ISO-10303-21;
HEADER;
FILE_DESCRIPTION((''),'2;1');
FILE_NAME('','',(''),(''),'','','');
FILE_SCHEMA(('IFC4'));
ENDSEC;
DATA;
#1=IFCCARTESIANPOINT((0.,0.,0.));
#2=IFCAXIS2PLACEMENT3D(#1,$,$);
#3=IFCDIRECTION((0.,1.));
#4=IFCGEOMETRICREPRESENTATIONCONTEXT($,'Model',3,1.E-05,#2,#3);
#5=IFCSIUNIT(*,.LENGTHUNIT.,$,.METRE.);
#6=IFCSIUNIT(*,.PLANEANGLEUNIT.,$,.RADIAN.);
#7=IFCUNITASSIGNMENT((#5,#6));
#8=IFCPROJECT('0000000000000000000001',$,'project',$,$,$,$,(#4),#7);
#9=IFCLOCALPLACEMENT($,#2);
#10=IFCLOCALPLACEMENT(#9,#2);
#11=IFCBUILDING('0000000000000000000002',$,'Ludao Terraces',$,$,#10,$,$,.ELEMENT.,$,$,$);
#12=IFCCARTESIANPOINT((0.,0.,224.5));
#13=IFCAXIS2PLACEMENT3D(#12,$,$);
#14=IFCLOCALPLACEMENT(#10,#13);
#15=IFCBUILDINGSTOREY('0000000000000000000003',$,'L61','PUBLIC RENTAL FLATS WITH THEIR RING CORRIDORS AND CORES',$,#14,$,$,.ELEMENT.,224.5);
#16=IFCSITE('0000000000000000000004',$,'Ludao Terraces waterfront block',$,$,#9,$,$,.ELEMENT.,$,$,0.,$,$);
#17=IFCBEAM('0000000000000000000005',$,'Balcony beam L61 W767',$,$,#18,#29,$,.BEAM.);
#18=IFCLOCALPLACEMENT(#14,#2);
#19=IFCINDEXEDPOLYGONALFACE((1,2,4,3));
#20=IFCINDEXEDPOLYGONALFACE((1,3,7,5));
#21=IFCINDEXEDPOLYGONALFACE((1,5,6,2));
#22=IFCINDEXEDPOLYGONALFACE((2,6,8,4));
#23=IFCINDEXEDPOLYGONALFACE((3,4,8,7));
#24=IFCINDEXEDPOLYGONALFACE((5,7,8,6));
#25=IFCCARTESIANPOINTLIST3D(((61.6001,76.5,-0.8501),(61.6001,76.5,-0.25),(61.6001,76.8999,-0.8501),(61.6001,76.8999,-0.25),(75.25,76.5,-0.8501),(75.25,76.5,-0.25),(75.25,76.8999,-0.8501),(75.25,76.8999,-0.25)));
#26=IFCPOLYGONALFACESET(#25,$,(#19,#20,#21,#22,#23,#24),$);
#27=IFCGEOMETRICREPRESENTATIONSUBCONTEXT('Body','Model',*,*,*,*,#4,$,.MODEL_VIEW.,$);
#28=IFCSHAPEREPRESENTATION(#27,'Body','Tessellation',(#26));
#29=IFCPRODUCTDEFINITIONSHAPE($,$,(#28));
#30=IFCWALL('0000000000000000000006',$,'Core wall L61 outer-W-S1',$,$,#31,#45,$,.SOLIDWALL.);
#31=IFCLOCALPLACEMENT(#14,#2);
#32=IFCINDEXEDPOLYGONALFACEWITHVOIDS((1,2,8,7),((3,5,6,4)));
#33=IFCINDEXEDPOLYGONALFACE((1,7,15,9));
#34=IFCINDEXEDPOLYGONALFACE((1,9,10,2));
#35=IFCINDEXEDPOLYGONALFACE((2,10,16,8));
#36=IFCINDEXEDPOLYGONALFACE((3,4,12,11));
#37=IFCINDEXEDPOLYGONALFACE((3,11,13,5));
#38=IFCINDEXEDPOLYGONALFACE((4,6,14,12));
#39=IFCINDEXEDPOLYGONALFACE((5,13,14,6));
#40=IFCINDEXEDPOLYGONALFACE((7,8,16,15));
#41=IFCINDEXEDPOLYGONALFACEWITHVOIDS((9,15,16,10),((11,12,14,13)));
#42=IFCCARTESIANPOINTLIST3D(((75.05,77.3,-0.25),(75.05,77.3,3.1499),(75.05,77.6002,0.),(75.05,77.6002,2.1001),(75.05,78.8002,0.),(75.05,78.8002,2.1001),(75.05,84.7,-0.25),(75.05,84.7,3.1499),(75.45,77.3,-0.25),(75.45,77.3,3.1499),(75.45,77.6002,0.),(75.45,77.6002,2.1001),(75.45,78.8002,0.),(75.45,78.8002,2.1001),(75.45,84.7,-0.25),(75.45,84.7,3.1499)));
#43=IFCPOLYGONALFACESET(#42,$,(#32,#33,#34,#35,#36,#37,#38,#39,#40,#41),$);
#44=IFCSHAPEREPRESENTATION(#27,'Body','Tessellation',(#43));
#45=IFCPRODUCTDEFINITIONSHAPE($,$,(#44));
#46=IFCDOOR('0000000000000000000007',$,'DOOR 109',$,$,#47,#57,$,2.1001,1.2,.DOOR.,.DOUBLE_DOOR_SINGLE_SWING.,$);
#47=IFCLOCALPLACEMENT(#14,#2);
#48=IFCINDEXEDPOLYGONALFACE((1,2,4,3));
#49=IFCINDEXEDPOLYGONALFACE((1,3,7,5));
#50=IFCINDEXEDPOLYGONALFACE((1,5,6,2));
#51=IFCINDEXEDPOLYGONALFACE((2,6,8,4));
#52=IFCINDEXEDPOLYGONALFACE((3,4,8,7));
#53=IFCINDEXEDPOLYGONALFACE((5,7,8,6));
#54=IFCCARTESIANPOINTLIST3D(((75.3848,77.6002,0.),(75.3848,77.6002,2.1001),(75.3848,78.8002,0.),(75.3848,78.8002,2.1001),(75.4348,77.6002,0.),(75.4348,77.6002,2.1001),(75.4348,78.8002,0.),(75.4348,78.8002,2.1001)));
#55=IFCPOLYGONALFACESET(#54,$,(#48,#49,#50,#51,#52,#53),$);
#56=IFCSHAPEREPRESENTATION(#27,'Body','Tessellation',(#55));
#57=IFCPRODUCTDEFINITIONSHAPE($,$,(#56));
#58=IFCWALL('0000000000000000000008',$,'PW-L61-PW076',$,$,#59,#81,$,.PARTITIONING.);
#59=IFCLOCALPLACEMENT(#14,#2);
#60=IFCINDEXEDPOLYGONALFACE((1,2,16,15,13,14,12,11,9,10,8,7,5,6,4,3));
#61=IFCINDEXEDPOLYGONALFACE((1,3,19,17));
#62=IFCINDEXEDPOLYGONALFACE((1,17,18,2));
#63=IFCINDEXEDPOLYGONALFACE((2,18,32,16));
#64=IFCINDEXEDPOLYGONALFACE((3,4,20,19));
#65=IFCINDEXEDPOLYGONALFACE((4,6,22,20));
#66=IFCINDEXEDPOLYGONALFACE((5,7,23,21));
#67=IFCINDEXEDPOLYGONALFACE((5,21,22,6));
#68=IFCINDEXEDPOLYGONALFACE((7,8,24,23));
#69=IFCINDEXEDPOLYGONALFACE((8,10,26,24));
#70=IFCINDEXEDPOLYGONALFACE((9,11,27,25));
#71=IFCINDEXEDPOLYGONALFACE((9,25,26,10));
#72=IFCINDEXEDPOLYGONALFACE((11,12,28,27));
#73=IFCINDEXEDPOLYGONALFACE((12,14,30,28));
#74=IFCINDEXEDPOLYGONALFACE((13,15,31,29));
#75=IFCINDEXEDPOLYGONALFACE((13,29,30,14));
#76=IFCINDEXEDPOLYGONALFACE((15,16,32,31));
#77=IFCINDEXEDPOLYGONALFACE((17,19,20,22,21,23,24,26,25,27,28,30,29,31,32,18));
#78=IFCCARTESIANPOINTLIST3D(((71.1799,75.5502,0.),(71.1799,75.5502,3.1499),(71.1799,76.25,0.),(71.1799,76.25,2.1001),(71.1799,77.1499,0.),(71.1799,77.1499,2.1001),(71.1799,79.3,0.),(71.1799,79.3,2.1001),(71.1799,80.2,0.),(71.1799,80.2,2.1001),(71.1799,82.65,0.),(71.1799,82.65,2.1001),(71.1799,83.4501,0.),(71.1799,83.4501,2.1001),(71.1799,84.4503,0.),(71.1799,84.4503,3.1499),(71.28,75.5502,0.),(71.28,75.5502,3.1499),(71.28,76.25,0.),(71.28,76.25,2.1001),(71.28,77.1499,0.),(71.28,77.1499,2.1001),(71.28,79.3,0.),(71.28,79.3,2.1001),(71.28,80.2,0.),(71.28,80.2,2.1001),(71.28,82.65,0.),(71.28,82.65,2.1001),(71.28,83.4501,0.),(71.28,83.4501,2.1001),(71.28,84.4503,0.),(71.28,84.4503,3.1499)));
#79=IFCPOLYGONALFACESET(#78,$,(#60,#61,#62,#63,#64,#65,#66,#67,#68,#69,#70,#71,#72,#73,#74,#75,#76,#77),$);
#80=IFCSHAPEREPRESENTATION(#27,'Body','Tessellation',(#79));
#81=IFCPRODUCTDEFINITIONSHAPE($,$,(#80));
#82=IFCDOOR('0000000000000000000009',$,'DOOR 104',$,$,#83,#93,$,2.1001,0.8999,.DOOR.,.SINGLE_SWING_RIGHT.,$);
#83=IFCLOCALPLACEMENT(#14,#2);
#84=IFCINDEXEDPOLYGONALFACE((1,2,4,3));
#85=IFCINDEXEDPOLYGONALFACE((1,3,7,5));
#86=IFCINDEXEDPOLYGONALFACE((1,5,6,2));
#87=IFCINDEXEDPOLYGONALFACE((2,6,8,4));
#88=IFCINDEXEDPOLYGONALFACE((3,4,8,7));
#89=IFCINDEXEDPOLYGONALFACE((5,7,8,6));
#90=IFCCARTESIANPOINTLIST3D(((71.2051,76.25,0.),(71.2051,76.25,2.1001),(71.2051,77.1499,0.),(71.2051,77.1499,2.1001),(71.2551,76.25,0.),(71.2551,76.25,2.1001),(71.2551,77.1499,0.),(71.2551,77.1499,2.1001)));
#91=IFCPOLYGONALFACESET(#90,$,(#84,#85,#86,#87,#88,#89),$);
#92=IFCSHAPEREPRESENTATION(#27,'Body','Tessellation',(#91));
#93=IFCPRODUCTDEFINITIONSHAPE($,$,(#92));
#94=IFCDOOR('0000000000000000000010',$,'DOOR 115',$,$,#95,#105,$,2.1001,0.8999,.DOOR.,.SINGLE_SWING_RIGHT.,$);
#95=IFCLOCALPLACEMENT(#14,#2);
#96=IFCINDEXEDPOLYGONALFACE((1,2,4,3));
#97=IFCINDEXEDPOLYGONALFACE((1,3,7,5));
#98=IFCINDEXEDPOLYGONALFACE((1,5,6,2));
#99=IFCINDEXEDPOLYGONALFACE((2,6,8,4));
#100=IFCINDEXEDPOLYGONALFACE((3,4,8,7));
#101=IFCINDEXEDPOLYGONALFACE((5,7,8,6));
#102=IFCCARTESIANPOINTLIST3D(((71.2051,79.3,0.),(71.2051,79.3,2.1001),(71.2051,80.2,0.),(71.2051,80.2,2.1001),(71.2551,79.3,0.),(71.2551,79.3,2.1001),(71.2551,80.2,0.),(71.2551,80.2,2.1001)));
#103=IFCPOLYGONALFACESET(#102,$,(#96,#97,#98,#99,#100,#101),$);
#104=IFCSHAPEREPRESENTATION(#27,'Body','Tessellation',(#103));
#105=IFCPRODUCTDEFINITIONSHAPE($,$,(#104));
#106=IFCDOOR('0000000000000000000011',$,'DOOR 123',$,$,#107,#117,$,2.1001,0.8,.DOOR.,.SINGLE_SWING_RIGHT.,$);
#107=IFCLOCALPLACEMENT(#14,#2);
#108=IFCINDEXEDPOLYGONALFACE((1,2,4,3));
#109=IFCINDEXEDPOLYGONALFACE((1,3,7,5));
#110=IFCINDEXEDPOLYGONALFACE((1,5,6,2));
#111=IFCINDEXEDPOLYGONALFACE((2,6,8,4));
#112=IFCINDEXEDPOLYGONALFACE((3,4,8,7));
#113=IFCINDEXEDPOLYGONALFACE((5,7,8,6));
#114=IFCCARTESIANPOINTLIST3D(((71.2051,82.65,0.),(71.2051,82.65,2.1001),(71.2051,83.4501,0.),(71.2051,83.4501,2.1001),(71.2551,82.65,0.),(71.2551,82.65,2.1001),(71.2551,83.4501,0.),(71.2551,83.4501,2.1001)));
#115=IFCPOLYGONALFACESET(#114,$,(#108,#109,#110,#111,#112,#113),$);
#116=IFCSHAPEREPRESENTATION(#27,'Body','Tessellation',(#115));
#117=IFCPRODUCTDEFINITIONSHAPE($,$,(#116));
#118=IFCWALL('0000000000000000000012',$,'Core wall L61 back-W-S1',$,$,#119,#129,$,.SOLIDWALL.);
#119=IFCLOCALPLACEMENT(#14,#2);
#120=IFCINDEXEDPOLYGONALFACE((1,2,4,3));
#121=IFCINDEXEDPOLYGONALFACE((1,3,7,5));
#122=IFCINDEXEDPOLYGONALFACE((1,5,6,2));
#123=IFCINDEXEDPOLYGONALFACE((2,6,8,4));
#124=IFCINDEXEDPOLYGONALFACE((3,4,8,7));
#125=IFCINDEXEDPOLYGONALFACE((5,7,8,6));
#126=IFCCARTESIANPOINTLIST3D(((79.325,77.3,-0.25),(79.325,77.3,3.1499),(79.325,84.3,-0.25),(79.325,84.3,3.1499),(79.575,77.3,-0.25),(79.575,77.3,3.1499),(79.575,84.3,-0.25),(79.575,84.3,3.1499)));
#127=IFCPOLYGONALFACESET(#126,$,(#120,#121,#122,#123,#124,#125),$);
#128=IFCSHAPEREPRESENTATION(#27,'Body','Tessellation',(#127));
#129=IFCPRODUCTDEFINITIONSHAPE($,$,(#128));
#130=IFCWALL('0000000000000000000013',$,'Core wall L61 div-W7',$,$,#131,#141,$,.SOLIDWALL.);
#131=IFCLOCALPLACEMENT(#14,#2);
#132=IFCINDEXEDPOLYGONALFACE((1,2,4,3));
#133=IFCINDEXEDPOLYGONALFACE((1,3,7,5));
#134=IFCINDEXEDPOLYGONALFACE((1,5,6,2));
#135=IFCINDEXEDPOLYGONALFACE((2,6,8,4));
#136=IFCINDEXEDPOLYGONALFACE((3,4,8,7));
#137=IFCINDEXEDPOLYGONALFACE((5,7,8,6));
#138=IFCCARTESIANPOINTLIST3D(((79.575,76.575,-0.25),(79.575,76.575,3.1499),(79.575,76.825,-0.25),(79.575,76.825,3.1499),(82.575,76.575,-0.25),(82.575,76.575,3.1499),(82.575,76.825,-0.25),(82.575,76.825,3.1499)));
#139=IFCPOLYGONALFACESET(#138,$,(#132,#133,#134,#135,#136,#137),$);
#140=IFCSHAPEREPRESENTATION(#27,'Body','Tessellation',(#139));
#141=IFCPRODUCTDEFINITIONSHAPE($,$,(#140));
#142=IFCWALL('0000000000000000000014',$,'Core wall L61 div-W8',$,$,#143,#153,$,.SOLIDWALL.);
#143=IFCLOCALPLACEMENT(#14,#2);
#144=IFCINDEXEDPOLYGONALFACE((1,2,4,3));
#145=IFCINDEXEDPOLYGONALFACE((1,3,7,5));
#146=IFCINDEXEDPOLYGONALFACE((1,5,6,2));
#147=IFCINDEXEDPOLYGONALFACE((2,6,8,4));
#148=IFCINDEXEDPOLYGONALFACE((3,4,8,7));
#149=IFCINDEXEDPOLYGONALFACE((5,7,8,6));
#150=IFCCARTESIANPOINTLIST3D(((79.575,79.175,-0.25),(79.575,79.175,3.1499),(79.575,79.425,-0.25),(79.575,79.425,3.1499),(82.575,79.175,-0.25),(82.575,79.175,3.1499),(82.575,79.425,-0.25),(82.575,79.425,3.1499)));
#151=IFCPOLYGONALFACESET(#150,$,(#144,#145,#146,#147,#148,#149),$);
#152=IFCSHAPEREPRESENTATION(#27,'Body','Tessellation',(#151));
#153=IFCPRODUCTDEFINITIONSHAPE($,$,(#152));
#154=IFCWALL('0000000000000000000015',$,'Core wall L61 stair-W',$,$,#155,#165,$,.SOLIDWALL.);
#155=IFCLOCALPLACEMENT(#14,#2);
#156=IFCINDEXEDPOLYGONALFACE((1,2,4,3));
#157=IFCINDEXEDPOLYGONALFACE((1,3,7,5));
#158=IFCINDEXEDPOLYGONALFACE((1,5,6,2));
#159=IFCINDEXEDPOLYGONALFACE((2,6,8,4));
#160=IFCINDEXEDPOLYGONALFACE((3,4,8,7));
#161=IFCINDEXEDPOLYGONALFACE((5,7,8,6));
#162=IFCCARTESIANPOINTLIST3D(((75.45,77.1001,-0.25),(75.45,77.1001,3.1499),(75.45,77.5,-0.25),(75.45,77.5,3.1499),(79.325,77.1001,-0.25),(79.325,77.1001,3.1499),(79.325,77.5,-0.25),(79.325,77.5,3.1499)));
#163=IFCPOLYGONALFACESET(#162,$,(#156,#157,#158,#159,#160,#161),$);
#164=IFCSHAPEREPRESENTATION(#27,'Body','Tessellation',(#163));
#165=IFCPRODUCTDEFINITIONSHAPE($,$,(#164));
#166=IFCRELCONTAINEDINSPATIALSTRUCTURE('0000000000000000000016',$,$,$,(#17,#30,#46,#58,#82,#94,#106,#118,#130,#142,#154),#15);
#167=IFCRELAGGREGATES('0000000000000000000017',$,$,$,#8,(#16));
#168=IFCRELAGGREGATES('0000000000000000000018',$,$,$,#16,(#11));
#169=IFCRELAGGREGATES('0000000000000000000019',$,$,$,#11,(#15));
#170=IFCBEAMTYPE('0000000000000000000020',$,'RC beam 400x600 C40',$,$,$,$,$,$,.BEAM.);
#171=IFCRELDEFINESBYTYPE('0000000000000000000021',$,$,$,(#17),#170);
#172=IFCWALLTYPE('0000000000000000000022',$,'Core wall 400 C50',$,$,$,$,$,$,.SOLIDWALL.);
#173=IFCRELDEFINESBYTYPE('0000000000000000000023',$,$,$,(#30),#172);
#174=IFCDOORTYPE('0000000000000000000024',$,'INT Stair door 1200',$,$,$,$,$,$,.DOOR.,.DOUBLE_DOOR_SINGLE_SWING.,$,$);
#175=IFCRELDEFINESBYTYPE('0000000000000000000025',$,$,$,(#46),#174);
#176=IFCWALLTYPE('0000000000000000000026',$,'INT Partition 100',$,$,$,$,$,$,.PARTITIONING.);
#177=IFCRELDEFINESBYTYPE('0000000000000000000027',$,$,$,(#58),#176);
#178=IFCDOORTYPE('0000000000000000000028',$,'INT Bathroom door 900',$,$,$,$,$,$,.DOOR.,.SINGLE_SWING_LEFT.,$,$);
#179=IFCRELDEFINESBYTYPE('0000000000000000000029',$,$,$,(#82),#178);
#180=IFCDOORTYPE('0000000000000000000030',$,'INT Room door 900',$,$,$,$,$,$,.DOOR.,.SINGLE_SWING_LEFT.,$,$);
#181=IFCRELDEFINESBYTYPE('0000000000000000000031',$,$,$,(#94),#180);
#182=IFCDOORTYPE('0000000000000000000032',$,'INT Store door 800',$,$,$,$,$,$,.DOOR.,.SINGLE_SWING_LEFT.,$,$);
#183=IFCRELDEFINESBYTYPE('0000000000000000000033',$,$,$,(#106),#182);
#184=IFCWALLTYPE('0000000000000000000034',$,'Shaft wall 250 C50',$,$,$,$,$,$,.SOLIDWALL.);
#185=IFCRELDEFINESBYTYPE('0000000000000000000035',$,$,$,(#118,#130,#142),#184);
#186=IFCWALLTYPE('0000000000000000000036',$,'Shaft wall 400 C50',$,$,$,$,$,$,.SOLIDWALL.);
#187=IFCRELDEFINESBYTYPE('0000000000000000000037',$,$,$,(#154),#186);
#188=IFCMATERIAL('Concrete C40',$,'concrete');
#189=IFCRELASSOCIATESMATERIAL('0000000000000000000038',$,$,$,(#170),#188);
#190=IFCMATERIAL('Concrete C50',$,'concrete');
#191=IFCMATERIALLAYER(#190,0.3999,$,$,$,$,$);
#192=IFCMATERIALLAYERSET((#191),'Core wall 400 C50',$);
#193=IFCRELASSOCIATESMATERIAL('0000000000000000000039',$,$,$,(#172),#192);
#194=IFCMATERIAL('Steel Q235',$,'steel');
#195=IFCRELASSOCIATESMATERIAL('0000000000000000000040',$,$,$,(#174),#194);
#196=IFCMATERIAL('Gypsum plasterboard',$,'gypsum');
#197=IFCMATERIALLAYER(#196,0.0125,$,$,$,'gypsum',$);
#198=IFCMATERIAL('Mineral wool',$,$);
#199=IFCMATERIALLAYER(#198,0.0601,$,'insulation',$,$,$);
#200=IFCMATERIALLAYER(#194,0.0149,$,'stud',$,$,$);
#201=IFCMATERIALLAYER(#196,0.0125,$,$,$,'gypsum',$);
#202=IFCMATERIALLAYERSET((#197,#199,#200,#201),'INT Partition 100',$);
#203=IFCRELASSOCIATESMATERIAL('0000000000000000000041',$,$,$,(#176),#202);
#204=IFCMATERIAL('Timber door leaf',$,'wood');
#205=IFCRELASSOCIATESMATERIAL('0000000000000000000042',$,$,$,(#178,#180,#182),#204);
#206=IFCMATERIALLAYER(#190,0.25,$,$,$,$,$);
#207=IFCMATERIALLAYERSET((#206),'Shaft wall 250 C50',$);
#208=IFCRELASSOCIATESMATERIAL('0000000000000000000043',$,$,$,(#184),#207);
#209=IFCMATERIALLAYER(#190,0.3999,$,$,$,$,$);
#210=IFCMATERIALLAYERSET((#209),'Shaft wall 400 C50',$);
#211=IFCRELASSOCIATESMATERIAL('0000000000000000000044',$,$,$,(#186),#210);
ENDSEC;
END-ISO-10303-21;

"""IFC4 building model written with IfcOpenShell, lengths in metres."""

from ifc_helpers import new_model, si_unit, direction, frame, frame_2d, origin, origin_2d, place, context, subcontext, project, spatial, rectangle, extrude, material, layer, layer_set, material_profile, profile_set, type_object, element, fill, save


model = new_model("IFC4")

# Units and contexts
model_context = context("Model", 3, precision=1e-05, world=origin(), true_north=direction((0.0, 1.0)))
body_context = subcontext(model_context, "Body", "Model", "MODEL_VIEW")
ifc_project = project(units=[si_unit("LENGTHUNIT", "METRE"), si_unit("PLANEANGLEUNIT", "RADIAN")], contexts=[model_context])

# Site, building, storey
site_placement = place(None, origin())
site = spatial("IfcSite", under=ifc_project, at=site_placement, Name="Ludao Terraces waterfront block", CompositionType="ELEMENT", RefElevation=0.0)
building_placement = place(site_placement, origin())
building = spatial("IfcBuilding", under=site, at=building_placement, Name="Ludao Terraces", CompositionType="ELEMENT")
storey_placement = place(building_placement, frame((0.0, 0.0, 224.5)))
storey = spatial("IfcBuildingStorey", under=building, at=storey_placement, Name="L61", Description="PUBLIC RENTAL FLATS WITH THEIR RING CORRIDORS AND CORES", CompositionType="ELEMENT", Elevation=224.5)

# Beam
ifc_material_1 = material(Name="Concrete C40", Category="concrete")
ifc_material_profile = material_profile(ifc_material_1, rectangle(XDim=0.3999, YDim=0.6001, at=origin_2d()), Name="400 X 600")
ifc_profile_set = profile_set([ifc_material_profile], Name="Concrete C40")
beam_type = type_object("IfcBeamType", Name="RC beam 400x600 C40", PredefinedType="BEAM", material=ifc_profile_set)
beam_placement = place(storey_placement, frame((75.25, 76.7, -0.55), z_axis=(-1.0, 0.0, 0.0), x_axis=(0.0, -1.0, 0.0)))
element("IfcBeam", 1, at=beam_placement, inside=storey, type_object=beam_type, Name="Balcony beam L61 W767", PredefinedType="BEAM", context=body_context, shape_type="SweptSolid", body=[
    extrude(rectangle(XDim=0.3999, YDim=0.6001, at=origin_2d()), origin(), (0.0, 0.0, 1.0), 13.6499),
])

# Wall, opening, door
ifc_material_2 = material(Name="Concrete C50", Category="concrete")
ifc_layer_1 = layer(ifc_material_2, 0.3999)
ifc_layer_set_1 = layer_set([ifc_layer_1], Name="Core wall 400 C50")
wall_type_1 = type_object("IfcWallType", Name="Core wall 400 C50", PredefinedType="SOLIDWALL", material=ifc_layer_set_1)
wall_1_placement = place(storey_placement, frame((75.25, 77.3, -0.25), z_axis=(0.0, 0.0, 1.0), x_axis=(0.0, 1.0, 0.0)))
wall_1 = element("IfcWall", 2, at=wall_1_placement, inside=storey, type_object=wall_type_1, Name="Core wall L61 outer-W-S1", PredefinedType="SOLIDWALL", context=body_context, shape_type="SweptSolid", body=[
    extrude(rectangle(XDim=7.3999, YDim=0.3999, at=frame_2d((3.7, 0.0))), origin(), (0.0, 0.0, 1.0), 3.3999),
])
opening_1_placement = place(wall_1_placement, frame((0.3, 0.0, 0.25)))
opening_1 = element("IfcOpeningElement", 3, at=opening_1_placement, cuts=wall_1, PredefinedType="OPENING", context=body_context, shape_type="SweptSolid", body=[
    extrude(rectangle(XDim=1.2, YDim=2.1001, at=frame_2d((0.6001, 1.05))), frame((0.0, 0.21, 0.0), z_axis=(0.0, -1.0, 0.0), x_axis=(1.0, 0.0, 0.0)), (0.0, 0.0, 1.0), 0.4199),
])
ifc_material_3 = material(Name="Steel Q235", Category="steel")
door_type_1 = type_object("IfcDoorType", Name="INT Stair door 1200", OperationType="DOUBLE_DOOR_SINGLE_SWING", PredefinedType="DOOR", material=ifc_material_3)
door_1_placement = place(opening_1_placement, origin())
door_1 = element("IfcDoor", 4, at=door_1_placement, inside=storey, type_object=door_type_1, Name="DOOR 109", OperationType="DOUBLE_DOOR_SINGLE_SWING", OverallHeight=2.1001, OverallWidth=1.2, PredefinedType="DOOR", context=body_context, shape_type="SweptSolid", body=[
    extrude(rectangle(XDim=1.2, YDim=2.1001, at=frame_2d((0.6001, 1.05))), frame((0.0, -0.1348, 0.0), z_axis=(0.0, -1.0, 0.0), x_axis=(1.0, 0.0, 0.0)), (0.0, 0.0, 1.0), 0.05),
])
fill(opening_1, door_1)

# Wall, openings, doors
ifc_material_4 = material(Name="Gypsum plasterboard", Category="gypsum")
ifc_layer_2 = layer(ifc_material_4, 0.0125, Category="gypsum")
ifc_material_5 = material(Name="Mineral wool")
ifc_layer_3 = layer(ifc_material_5, 0.0601, Name="insulation")
ifc_layer_4 = layer(ifc_material_3, 0.0149, Name="stud")
ifc_layer_5 = layer(ifc_material_4, 0.0125, Category="gypsum")
ifc_layer_set_2 = layer_set([ifc_layer_2, ifc_layer_3, ifc_layer_4, ifc_layer_5], Name="INT Partition 100")
wall_type_2 = type_object("IfcWallType", Name="INT Partition 100", PredefinedType="PARTITIONING", material=ifc_layer_set_2)
wall_2_placement = place(storey_placement, frame((71.23, 75.55, 0.0), z_axis=(0.0, 0.0, 1.0), x_axis=(0.0, 1.0, 0.0)))
wall_2 = element("IfcWall", 5, at=wall_2_placement, inside=storey, type_object=wall_type_2, Name="PW-L61-PW076", PredefinedType="PARTITIONING", context=body_context, shape_type="SweptSolid", body=[
    extrude(rectangle(XDim=8.9001, YDim=0.1001, at=frame_2d((4.4502, 0.0))), origin(), (0.0, 0.0, 1.0), 3.1499),
])
opening_2_placement = place(wall_2_placement, frame((0.7, 0.0, 0.0)))
opening_2 = element("IfcOpeningElement", 6, at=opening_2_placement, cuts=wall_2, PredefinedType="OPENING", context=body_context, shape_type="SweptSolid", body=[
    extrude(rectangle(XDim=0.8999, YDim=2.1001, at=frame_2d((0.45, 1.05))), frame((0.0, 0.0601, 0.0), z_axis=(0.0, -1.0, 0.0), x_axis=(1.0, 0.0, 0.0)), (0.0, 0.0, 1.0), 0.1201),
])
opening_3_placement = place(wall_2_placement, frame((3.75, 0.0, 0.0)))
opening_3 = element("IfcOpeningElement", 7, at=opening_3_placement, cuts=wall_2, PredefinedType="OPENING", context=body_context, shape_type="SweptSolid", body=[
    extrude(rectangle(XDim=0.8999, YDim=2.1001, at=frame_2d((0.45, 1.05))), frame((0.0, 0.0601, 0.0), z_axis=(0.0, -1.0, 0.0), x_axis=(1.0, 0.0, 0.0)), (0.0, 0.0, 1.0), 0.1201),
])
opening_4_placement = place(wall_2_placement, frame((7.1001, 0.0, 0.0)))
opening_4 = element("IfcOpeningElement", 8, at=opening_4_placement, cuts=wall_2, PredefinedType="OPENING", context=body_context, shape_type="SweptSolid", body=[
    extrude(rectangle(XDim=0.8, YDim=2.1001, at=frame_2d((0.3999, 1.05))), frame((0.0, 0.0601, 0.0), z_axis=(0.0, -1.0, 0.0), x_axis=(1.0, 0.0, 0.0)), (0.0, 0.0, 1.0), 0.1201),
])
ifc_material_6 = material(Name="Timber door leaf", Category="wood")
door_type_2 = type_object("IfcDoorType", Name="INT Bathroom door 900", OperationType="SINGLE_SWING_LEFT", PredefinedType="DOOR", material=ifc_material_6)
door_2_placement = place(opening_2_placement, origin())
door_2 = element("IfcDoor", 9, at=door_2_placement, inside=storey, type_object=door_type_2, Name="DOOR 104", OperationType="SINGLE_SWING_RIGHT", OverallHeight=2.1001, OverallWidth=0.8999, PredefinedType="DOOR", context=body_context, shape_type="SweptSolid", body=[
    extrude(rectangle(XDim=0.8999, YDim=2.1001, at=frame_2d((0.45, 1.05))), frame((0.0, 0.0249, 0.0), z_axis=(0.0, -1.0, 0.0), x_axis=(1.0, 0.0, 0.0)), (0.0, 0.0, 1.0), 0.05),
])
fill(opening_2, door_2)
door_type_3 = type_object("IfcDoorType", Name="INT Room door 900", OperationType="SINGLE_SWING_LEFT", PredefinedType="DOOR", material=ifc_material_6)
door_3_placement = place(opening_3_placement, origin())
door_3 = element("IfcDoor", 10, at=door_3_placement, inside=storey, type_object=door_type_3, Name="DOOR 115", OperationType="SINGLE_SWING_RIGHT", OverallHeight=2.1001, OverallWidth=0.8999, PredefinedType="DOOR", context=body_context, shape_type="SweptSolid", body=[
    extrude(rectangle(XDim=0.8999, YDim=2.1001, at=frame_2d((0.45, 1.05))), frame((0.0, 0.0249, 0.0), z_axis=(0.0, -1.0, 0.0), x_axis=(1.0, 0.0, 0.0)), (0.0, 0.0, 1.0), 0.05),
])
fill(opening_3, door_3)
door_type_4 = type_object("IfcDoorType", Name="INT Store door 800", OperationType="SINGLE_SWING_LEFT", PredefinedType="DOOR", material=ifc_material_6)
door_4_placement = place(opening_4_placement, origin())
door_4 = element("IfcDoor", 11, at=door_4_placement, inside=storey, type_object=door_type_4, Name="DOOR 123", OperationType="SINGLE_SWING_RIGHT", OverallHeight=2.1001, OverallWidth=0.8, PredefinedType="DOOR", context=body_context, shape_type="SweptSolid", body=[
    extrude(rectangle(XDim=0.8, YDim=2.1001, at=frame_2d((0.3999, 1.05))), frame((0.0, 0.0249, 0.0), z_axis=(0.0, -1.0, 0.0), x_axis=(1.0, 0.0, 0.0)), (0.0, 0.0, 1.0), 0.05),
])
fill(opening_4, door_4)

# Walls
ifc_layer_6 = layer(ifc_material_2, 0.25)
ifc_layer_set_3 = layer_set([ifc_layer_6], Name="Shaft wall 250 C50")
wall_type_3 = type_object("IfcWallType", Name="Shaft wall 250 C50", PredefinedType="SOLIDWALL", material=ifc_layer_set_3)
wall_3_placement = place(storey_placement, frame((79.45, 77.3, -0.25), z_axis=(0.0, 0.0, 1.0), x_axis=(0.0, 1.0, 0.0)))
element("IfcWall", 12, at=wall_3_placement, inside=storey, type_object=wall_type_3, Name="Core wall L61 back-W-S1", PredefinedType="SOLIDWALL", context=body_context, shape_type="SweptSolid", body=[
    extrude(rectangle(XDim=7.0, YDim=0.25, at=frame_2d((3.5, 0.0))), origin(), (0.0, 0.0, 1.0), 3.3999),
])
for number, where, z_axis, x_axis, name in (
    (13, (79.575, 76.7, -0.25), (0.0, 0.0, 1.0), (1.0, 0.0, 0.0), "Core wall L61 div-W7"),
    (14, (79.575, 79.3, -0.25), (0.0, 0.0, 1.0), (1.0, 0.0, 0.0), "Core wall L61 div-W8"),
):
    element("IfcWall", number, at=place(storey_placement, frame(where, z_axis=z_axis, x_axis=x_axis)), inside=storey, type_object=wall_type_3, Name=name, PredefinedType="SOLIDWALL", context=body_context, shape_type="SweptSolid", body=[
        extrude(rectangle(XDim=3.0, YDim=0.25, at=frame_2d((1.5, 0.0))), origin(), (0.0, 0.0, 1.0), 3.3999),
    ])
ifc_layer_7 = layer(ifc_material_2, 0.3999)
ifc_layer_set_4 = layer_set([ifc_layer_7], Name="Shaft wall 400 C50")
wall_type_4 = type_object("IfcWallType", Name="Shaft wall 400 C50", PredefinedType="SOLIDWALL", material=ifc_layer_set_4)
wall_4_placement = place(storey_placement, frame((75.45, 77.3, -0.25), z_axis=(0.0, 0.0, 1.0), x_axis=(1.0, 0.0, 0.0)))
element("IfcWall", 15, at=wall_4_placement, inside=storey, type_object=wall_type_4, Name="Core wall L61 stair-W", PredefinedType="SOLIDWALL", context=body_context, shape_type="SweptSolid", body=[
    extrude(rectangle(XDim=3.875, YDim=0.3999, at=frame_2d((1.9375, 0.0))), origin(), (0.0, 0.0, 1.0), 3.3999),
])

save(model, "model.ifc")
